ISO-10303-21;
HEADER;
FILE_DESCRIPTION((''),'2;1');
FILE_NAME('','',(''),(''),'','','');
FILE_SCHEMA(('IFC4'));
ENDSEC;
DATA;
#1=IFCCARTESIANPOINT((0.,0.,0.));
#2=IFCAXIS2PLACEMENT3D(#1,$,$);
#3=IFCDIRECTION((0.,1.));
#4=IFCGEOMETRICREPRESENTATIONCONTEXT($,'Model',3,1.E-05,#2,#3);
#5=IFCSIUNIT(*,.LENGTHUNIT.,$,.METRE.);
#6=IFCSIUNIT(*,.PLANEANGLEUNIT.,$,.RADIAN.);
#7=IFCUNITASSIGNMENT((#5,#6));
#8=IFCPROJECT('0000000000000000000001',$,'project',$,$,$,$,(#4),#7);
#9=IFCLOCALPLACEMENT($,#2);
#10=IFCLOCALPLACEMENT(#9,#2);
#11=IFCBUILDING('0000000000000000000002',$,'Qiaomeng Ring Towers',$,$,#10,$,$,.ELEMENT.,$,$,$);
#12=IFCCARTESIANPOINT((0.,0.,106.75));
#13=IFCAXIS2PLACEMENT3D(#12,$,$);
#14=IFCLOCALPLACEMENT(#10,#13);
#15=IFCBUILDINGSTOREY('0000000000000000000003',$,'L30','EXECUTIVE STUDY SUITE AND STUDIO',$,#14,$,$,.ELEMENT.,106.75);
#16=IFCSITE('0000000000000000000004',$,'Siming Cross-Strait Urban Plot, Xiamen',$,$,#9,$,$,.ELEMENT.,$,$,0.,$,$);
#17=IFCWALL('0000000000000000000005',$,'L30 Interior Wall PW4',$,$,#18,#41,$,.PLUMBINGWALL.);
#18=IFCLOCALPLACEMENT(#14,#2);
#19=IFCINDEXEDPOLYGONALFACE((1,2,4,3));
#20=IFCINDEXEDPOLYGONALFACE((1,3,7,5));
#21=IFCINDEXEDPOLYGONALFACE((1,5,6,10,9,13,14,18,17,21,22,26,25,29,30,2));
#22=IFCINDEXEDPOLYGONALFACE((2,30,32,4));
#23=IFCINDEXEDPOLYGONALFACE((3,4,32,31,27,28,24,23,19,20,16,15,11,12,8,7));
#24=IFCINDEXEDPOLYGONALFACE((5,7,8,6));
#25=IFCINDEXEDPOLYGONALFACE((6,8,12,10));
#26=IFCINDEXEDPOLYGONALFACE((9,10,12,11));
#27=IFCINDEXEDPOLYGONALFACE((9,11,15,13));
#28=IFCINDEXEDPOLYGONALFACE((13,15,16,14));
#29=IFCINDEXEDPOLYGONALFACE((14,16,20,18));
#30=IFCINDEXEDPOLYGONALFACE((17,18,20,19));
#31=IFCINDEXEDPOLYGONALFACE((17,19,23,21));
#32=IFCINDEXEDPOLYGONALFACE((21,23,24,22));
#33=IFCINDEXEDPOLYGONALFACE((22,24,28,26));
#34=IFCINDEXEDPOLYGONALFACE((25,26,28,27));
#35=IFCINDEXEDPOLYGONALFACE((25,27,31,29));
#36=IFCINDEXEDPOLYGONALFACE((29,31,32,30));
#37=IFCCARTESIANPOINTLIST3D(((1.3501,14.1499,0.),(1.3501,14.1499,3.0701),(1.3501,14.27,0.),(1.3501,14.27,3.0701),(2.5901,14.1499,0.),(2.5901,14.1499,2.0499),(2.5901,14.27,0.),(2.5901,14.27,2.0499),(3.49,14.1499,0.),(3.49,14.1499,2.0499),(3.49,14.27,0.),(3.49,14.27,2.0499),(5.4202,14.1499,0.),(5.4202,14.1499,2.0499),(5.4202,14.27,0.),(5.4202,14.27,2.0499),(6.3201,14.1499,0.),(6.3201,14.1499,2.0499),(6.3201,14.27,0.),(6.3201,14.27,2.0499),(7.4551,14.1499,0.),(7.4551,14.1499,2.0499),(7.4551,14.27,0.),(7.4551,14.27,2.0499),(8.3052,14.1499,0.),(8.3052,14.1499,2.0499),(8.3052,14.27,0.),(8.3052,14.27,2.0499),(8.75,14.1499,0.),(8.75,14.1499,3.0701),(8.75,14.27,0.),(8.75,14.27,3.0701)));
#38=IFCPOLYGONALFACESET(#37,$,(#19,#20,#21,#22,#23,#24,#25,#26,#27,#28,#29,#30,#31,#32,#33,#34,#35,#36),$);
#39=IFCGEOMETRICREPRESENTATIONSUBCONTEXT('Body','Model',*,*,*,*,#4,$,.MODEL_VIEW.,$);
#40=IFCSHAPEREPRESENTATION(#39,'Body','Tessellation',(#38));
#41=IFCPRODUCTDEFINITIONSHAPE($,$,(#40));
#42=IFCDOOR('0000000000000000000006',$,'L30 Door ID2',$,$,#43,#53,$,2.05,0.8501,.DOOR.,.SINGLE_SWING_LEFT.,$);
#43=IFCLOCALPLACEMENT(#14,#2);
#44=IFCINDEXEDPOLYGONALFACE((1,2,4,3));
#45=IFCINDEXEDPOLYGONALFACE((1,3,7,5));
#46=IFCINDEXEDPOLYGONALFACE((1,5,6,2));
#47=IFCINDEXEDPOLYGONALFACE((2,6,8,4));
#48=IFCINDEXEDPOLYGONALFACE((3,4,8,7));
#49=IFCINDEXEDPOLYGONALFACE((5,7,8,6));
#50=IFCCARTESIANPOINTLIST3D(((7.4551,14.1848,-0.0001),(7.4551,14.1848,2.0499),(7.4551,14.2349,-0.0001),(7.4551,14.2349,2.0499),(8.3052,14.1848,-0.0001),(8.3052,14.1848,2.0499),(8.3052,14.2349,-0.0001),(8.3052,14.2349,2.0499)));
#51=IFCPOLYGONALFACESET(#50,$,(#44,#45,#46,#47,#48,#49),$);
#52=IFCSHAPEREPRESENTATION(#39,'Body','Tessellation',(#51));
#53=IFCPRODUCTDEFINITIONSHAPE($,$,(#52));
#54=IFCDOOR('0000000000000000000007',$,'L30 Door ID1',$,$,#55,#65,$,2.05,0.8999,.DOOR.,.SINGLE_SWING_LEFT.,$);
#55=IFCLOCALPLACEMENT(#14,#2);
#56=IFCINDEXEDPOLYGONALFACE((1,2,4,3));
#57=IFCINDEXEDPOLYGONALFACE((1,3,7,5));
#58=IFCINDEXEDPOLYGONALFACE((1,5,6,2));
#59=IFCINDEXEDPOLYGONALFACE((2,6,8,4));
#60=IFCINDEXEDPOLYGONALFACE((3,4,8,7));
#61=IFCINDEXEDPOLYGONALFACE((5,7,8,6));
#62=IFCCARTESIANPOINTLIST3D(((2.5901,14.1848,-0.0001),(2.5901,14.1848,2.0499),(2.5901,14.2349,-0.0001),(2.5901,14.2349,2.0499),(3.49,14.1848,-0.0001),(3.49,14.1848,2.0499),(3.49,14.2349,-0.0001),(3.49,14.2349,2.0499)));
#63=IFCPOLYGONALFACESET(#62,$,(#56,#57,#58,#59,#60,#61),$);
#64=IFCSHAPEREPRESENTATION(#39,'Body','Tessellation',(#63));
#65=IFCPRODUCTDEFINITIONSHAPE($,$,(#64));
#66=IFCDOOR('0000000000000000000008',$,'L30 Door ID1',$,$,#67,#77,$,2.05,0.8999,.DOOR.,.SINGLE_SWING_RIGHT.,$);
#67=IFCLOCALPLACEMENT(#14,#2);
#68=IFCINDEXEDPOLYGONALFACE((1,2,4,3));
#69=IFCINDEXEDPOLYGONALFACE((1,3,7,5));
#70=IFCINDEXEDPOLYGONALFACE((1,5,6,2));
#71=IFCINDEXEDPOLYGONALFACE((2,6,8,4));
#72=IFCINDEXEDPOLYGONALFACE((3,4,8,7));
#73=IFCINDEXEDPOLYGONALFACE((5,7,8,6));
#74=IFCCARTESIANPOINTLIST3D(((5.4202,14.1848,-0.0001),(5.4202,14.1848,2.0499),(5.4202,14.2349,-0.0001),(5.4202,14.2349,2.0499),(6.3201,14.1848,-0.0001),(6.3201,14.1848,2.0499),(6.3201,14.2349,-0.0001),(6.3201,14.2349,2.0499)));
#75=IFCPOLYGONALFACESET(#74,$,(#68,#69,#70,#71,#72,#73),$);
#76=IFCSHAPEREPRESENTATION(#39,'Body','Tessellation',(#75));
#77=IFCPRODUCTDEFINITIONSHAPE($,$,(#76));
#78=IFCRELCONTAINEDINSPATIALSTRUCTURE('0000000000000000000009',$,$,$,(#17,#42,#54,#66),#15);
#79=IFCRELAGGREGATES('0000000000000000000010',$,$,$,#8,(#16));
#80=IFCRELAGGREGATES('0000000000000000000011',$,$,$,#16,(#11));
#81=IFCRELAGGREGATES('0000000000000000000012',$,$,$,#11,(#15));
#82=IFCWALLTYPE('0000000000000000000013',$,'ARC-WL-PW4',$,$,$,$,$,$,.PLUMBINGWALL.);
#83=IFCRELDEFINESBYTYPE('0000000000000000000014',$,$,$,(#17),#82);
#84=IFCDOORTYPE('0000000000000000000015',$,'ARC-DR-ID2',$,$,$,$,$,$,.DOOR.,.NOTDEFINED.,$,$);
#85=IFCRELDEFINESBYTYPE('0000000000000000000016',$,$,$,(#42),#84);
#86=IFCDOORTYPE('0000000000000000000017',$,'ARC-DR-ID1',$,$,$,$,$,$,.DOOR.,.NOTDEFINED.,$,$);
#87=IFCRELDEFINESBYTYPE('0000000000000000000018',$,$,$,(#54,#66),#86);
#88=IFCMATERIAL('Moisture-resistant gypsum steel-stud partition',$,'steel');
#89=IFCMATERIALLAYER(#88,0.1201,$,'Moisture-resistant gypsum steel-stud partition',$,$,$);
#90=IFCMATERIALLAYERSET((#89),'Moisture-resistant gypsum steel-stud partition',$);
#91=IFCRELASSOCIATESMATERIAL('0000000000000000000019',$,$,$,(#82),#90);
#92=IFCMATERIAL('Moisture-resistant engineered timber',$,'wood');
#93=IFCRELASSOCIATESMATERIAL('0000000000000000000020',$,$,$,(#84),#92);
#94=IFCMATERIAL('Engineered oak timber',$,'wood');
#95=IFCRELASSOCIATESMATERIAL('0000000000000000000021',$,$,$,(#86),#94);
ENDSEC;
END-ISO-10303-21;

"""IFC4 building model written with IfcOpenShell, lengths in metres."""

from ifc_helpers import new_model, si_unit, direction, frame, frame_2d, origin, place, context, subcontext, project, spatial, rectangle, extrude, source, transform, mapped, material, layer, layer_set, type_object, element, fill, save


model = new_model("IFC4")

# Units and contexts
model_context = context("Model", 3, precision=1e-05, world=origin(), true_north=direction((0.0, 1.0)))
body_context = subcontext(model_context, "Body", "Model", "MODEL_VIEW")
ifc_project = project(units=[si_unit("LENGTHUNIT", "METRE"), si_unit("PLANEANGLEUNIT", "RADIAN")], contexts=[model_context])

# Site, building, storey
site_placement = place(None, origin())
site = spatial("IfcSite", under=ifc_project, at=site_placement, Name="Siming Cross-Strait Urban Plot, Xiamen", CompositionType="ELEMENT", RefElevation=0.0)
building_placement = place(site_placement, origin())
building = spatial("IfcBuilding", under=site, at=building_placement, Name="Qiaomeng Ring Towers", CompositionType="ELEMENT")
storey_placement = place(building_placement, frame((0.0, 0.0, 106.75)))
storey = spatial("IfcBuildingStorey", under=building, at=storey_placement, Name="L30", Description="EXECUTIVE STUDY SUITE AND STUDIO", CompositionType="ELEMENT", Elevation=106.75)

# Wall, openings, doors
ifc_material_1 = material(Name="Moisture-resistant gypsum steel-stud partition", Category="steel")
ifc_layer_1 = layer(ifc_material_1, 0.1201, Name="Moisture-resistant gypsum steel-stud partition")
ifc_layer_set_1 = layer_set([ifc_layer_1], Name="Moisture-resistant gypsum steel-stud partition")
wall_type_1 = type_object("IfcWallType", Name="ARC-WL-PW4", PredefinedType="PLUMBINGWALL", material=ifc_layer_set_1)
wall_1_placement = place(storey_placement, frame((1.3501, 14.21, 0.0), z_axis=(0.0, 0.0, 1.0), x_axis=(1.0, 0.0, 0.0)))
wall_1 = element("IfcWall", 1, at=wall_1_placement, inside=storey, type_object=wall_type_1, Name="L30 Interior Wall PW4", PredefinedType="PLUMBINGWALL", context=body_context, shape_type="SweptSolid", body=[
    extrude(rectangle(XDim=7.3999, YDim=0.1201, at=frame_2d((3.7, 0.0))), origin(), (0.0, 0.0, 1.0), 3.0701),
])
opening_1_placement = place(wall_1_placement, frame((1.24, 0.0, 0.0)))
opening_1 = element("IfcOpeningElement", 2, at=opening_1_placement, cuts=wall_1, PredefinedType="OPENING", context=body_context, shape_type="SweptSolid", body=[
    extrude(rectangle(XDim=0.8999, YDim=2.05, at=frame_2d((0.45, 1.0249))), frame((0.0, 0.0701, 0.0), z_axis=(0.0, -1.0, 0.0), x_axis=(1.0, 0.0, 0.0)), (0.0, 0.0, 1.0), 0.1401),
])
opening_2_placement = place(wall_1_placement, frame((4.0701, 0.0, 0.0)))
opening_2 = element("IfcOpeningElement", 3, at=opening_2_placement, cuts=wall_1, PredefinedType="OPENING", context=body_context, shape_type="SweptSolid", body=[
    extrude(rectangle(XDim=0.8999, YDim=2.05, at=frame_2d((0.45, 1.0249))), frame((0.0, 0.0701, 0.0), z_axis=(0.0, -1.0, 0.0), x_axis=(1.0, 0.0, 0.0)), (0.0, 0.0, 1.0), 0.1401),
])
opening_3_placement = place(wall_1_placement, frame((6.105, 0.0, 0.0)))
opening_3 = element("IfcOpeningElement", 4, at=opening_3_placement, cuts=wall_1, PredefinedType="OPENING", context=body_context, shape_type="SweptSolid", body=[
    extrude(rectangle(XDim=0.8501, YDim=2.05, at=frame_2d((0.425, 1.0249))), frame((0.0, 0.0701, 0.0), z_axis=(0.0, -1.0, 0.0), x_axis=(1.0, 0.0, 0.0)), (0.0, 0.0, 1.0), 0.1401),
])
ifc_material_2 = material(Name="Moisture-resistant engineered timber", Category="wood")
door_type_1 = type_object("IfcDoorType", Name="ARC-DR-ID2", OperationType="NOTDEFINED", PredefinedType="DOOR", material=ifc_material_2)
shared_shape_1 = source(origin(), body_context, "Body", "SweptSolid", [
    extrude(rectangle(XDim=0.8501, YDim=2.05, at=frame_2d((0.425, 1.0249))), frame((0.0, 0.0249, 0.0), z_axis=(0.0, -1.0, 0.0), x_axis=(1.0, 0.0, 0.0)), (0.0, 0.0, 1.0), 0.05),
])
door_1_placement = place(opening_3_placement, origin())
door_1 = element("IfcDoor", 5, at=door_1_placement, inside=storey, type_object=door_type_1, Name="L30 Door ID2", OperationType="SINGLE_SWING_LEFT", OverallHeight=2.05, OverallWidth=0.8501, PredefinedType="DOOR", context=body_context, shape_type="MappedRepresentation", body=[
    mapped(shared_shape_1, transform((0.0, 0.0, 0.0), x_axis=(1.0, 0.0, 0.0), y_axis=(0.0, 1.0, 0.0), z_axis=(0.0, 0.0, 1.0), scale=1.0)),
])
fill(opening_3, door_1)
ifc_material_3 = material(Name="Engineered oak timber", Category="wood")
door_type_2 = type_object("IfcDoorType", Name="ARC-DR-ID1", OperationType="NOTDEFINED", PredefinedType="DOOR", material=ifc_material_3)
shared_shape_2 = source(origin(), body_context, "Body", "SweptSolid", [
    extrude(rectangle(XDim=0.8999, YDim=2.05, at=frame_2d((0.45, 1.0249))), frame((0.0, 0.0249, 0.0), z_axis=(0.0, -1.0, 0.0), x_axis=(1.0, 0.0, 0.0)), (0.0, 0.0, 1.0), 0.05),
])
door_2_placement = place(opening_1_placement, origin())
door_2 = element("IfcDoor", 6, at=door_2_placement, inside=storey, type_object=door_type_2, Name="L30 Door ID1", OperationType="SINGLE_SWING_LEFT", OverallHeight=2.05, OverallWidth=0.8999, PredefinedType="DOOR", context=body_context, shape_type="MappedRepresentation", body=[
    mapped(shared_shape_2, transform((0.0, 0.0, 0.0), x_axis=(1.0, 0.0, 0.0), y_axis=(0.0, 1.0, 0.0), z_axis=(0.0, 0.0, 1.0), scale=1.0)),
])
fill(opening_1, door_2)
door_3_placement = place(opening_2_placement, origin())
door_3 = element("IfcDoor", 7, at=door_3_placement, inside=storey, type_object=door_type_2, Name="L30 Door ID1", OperationType="SINGLE_SWING_RIGHT", OverallHeight=2.05, OverallWidth=0.8999, PredefinedType="DOOR", context=body_context, shape_type="MappedRepresentation", body=[
    mapped(shared_shape_2, transform((0.0, 0.0, 0.0), x_axis=(1.0, 0.0, 0.0), y_axis=(0.0, 1.0, 0.0), z_axis=(0.0, 0.0, 1.0), scale=1.0)),
])
fill(opening_2, door_3)

save(model, "model.ifc")
